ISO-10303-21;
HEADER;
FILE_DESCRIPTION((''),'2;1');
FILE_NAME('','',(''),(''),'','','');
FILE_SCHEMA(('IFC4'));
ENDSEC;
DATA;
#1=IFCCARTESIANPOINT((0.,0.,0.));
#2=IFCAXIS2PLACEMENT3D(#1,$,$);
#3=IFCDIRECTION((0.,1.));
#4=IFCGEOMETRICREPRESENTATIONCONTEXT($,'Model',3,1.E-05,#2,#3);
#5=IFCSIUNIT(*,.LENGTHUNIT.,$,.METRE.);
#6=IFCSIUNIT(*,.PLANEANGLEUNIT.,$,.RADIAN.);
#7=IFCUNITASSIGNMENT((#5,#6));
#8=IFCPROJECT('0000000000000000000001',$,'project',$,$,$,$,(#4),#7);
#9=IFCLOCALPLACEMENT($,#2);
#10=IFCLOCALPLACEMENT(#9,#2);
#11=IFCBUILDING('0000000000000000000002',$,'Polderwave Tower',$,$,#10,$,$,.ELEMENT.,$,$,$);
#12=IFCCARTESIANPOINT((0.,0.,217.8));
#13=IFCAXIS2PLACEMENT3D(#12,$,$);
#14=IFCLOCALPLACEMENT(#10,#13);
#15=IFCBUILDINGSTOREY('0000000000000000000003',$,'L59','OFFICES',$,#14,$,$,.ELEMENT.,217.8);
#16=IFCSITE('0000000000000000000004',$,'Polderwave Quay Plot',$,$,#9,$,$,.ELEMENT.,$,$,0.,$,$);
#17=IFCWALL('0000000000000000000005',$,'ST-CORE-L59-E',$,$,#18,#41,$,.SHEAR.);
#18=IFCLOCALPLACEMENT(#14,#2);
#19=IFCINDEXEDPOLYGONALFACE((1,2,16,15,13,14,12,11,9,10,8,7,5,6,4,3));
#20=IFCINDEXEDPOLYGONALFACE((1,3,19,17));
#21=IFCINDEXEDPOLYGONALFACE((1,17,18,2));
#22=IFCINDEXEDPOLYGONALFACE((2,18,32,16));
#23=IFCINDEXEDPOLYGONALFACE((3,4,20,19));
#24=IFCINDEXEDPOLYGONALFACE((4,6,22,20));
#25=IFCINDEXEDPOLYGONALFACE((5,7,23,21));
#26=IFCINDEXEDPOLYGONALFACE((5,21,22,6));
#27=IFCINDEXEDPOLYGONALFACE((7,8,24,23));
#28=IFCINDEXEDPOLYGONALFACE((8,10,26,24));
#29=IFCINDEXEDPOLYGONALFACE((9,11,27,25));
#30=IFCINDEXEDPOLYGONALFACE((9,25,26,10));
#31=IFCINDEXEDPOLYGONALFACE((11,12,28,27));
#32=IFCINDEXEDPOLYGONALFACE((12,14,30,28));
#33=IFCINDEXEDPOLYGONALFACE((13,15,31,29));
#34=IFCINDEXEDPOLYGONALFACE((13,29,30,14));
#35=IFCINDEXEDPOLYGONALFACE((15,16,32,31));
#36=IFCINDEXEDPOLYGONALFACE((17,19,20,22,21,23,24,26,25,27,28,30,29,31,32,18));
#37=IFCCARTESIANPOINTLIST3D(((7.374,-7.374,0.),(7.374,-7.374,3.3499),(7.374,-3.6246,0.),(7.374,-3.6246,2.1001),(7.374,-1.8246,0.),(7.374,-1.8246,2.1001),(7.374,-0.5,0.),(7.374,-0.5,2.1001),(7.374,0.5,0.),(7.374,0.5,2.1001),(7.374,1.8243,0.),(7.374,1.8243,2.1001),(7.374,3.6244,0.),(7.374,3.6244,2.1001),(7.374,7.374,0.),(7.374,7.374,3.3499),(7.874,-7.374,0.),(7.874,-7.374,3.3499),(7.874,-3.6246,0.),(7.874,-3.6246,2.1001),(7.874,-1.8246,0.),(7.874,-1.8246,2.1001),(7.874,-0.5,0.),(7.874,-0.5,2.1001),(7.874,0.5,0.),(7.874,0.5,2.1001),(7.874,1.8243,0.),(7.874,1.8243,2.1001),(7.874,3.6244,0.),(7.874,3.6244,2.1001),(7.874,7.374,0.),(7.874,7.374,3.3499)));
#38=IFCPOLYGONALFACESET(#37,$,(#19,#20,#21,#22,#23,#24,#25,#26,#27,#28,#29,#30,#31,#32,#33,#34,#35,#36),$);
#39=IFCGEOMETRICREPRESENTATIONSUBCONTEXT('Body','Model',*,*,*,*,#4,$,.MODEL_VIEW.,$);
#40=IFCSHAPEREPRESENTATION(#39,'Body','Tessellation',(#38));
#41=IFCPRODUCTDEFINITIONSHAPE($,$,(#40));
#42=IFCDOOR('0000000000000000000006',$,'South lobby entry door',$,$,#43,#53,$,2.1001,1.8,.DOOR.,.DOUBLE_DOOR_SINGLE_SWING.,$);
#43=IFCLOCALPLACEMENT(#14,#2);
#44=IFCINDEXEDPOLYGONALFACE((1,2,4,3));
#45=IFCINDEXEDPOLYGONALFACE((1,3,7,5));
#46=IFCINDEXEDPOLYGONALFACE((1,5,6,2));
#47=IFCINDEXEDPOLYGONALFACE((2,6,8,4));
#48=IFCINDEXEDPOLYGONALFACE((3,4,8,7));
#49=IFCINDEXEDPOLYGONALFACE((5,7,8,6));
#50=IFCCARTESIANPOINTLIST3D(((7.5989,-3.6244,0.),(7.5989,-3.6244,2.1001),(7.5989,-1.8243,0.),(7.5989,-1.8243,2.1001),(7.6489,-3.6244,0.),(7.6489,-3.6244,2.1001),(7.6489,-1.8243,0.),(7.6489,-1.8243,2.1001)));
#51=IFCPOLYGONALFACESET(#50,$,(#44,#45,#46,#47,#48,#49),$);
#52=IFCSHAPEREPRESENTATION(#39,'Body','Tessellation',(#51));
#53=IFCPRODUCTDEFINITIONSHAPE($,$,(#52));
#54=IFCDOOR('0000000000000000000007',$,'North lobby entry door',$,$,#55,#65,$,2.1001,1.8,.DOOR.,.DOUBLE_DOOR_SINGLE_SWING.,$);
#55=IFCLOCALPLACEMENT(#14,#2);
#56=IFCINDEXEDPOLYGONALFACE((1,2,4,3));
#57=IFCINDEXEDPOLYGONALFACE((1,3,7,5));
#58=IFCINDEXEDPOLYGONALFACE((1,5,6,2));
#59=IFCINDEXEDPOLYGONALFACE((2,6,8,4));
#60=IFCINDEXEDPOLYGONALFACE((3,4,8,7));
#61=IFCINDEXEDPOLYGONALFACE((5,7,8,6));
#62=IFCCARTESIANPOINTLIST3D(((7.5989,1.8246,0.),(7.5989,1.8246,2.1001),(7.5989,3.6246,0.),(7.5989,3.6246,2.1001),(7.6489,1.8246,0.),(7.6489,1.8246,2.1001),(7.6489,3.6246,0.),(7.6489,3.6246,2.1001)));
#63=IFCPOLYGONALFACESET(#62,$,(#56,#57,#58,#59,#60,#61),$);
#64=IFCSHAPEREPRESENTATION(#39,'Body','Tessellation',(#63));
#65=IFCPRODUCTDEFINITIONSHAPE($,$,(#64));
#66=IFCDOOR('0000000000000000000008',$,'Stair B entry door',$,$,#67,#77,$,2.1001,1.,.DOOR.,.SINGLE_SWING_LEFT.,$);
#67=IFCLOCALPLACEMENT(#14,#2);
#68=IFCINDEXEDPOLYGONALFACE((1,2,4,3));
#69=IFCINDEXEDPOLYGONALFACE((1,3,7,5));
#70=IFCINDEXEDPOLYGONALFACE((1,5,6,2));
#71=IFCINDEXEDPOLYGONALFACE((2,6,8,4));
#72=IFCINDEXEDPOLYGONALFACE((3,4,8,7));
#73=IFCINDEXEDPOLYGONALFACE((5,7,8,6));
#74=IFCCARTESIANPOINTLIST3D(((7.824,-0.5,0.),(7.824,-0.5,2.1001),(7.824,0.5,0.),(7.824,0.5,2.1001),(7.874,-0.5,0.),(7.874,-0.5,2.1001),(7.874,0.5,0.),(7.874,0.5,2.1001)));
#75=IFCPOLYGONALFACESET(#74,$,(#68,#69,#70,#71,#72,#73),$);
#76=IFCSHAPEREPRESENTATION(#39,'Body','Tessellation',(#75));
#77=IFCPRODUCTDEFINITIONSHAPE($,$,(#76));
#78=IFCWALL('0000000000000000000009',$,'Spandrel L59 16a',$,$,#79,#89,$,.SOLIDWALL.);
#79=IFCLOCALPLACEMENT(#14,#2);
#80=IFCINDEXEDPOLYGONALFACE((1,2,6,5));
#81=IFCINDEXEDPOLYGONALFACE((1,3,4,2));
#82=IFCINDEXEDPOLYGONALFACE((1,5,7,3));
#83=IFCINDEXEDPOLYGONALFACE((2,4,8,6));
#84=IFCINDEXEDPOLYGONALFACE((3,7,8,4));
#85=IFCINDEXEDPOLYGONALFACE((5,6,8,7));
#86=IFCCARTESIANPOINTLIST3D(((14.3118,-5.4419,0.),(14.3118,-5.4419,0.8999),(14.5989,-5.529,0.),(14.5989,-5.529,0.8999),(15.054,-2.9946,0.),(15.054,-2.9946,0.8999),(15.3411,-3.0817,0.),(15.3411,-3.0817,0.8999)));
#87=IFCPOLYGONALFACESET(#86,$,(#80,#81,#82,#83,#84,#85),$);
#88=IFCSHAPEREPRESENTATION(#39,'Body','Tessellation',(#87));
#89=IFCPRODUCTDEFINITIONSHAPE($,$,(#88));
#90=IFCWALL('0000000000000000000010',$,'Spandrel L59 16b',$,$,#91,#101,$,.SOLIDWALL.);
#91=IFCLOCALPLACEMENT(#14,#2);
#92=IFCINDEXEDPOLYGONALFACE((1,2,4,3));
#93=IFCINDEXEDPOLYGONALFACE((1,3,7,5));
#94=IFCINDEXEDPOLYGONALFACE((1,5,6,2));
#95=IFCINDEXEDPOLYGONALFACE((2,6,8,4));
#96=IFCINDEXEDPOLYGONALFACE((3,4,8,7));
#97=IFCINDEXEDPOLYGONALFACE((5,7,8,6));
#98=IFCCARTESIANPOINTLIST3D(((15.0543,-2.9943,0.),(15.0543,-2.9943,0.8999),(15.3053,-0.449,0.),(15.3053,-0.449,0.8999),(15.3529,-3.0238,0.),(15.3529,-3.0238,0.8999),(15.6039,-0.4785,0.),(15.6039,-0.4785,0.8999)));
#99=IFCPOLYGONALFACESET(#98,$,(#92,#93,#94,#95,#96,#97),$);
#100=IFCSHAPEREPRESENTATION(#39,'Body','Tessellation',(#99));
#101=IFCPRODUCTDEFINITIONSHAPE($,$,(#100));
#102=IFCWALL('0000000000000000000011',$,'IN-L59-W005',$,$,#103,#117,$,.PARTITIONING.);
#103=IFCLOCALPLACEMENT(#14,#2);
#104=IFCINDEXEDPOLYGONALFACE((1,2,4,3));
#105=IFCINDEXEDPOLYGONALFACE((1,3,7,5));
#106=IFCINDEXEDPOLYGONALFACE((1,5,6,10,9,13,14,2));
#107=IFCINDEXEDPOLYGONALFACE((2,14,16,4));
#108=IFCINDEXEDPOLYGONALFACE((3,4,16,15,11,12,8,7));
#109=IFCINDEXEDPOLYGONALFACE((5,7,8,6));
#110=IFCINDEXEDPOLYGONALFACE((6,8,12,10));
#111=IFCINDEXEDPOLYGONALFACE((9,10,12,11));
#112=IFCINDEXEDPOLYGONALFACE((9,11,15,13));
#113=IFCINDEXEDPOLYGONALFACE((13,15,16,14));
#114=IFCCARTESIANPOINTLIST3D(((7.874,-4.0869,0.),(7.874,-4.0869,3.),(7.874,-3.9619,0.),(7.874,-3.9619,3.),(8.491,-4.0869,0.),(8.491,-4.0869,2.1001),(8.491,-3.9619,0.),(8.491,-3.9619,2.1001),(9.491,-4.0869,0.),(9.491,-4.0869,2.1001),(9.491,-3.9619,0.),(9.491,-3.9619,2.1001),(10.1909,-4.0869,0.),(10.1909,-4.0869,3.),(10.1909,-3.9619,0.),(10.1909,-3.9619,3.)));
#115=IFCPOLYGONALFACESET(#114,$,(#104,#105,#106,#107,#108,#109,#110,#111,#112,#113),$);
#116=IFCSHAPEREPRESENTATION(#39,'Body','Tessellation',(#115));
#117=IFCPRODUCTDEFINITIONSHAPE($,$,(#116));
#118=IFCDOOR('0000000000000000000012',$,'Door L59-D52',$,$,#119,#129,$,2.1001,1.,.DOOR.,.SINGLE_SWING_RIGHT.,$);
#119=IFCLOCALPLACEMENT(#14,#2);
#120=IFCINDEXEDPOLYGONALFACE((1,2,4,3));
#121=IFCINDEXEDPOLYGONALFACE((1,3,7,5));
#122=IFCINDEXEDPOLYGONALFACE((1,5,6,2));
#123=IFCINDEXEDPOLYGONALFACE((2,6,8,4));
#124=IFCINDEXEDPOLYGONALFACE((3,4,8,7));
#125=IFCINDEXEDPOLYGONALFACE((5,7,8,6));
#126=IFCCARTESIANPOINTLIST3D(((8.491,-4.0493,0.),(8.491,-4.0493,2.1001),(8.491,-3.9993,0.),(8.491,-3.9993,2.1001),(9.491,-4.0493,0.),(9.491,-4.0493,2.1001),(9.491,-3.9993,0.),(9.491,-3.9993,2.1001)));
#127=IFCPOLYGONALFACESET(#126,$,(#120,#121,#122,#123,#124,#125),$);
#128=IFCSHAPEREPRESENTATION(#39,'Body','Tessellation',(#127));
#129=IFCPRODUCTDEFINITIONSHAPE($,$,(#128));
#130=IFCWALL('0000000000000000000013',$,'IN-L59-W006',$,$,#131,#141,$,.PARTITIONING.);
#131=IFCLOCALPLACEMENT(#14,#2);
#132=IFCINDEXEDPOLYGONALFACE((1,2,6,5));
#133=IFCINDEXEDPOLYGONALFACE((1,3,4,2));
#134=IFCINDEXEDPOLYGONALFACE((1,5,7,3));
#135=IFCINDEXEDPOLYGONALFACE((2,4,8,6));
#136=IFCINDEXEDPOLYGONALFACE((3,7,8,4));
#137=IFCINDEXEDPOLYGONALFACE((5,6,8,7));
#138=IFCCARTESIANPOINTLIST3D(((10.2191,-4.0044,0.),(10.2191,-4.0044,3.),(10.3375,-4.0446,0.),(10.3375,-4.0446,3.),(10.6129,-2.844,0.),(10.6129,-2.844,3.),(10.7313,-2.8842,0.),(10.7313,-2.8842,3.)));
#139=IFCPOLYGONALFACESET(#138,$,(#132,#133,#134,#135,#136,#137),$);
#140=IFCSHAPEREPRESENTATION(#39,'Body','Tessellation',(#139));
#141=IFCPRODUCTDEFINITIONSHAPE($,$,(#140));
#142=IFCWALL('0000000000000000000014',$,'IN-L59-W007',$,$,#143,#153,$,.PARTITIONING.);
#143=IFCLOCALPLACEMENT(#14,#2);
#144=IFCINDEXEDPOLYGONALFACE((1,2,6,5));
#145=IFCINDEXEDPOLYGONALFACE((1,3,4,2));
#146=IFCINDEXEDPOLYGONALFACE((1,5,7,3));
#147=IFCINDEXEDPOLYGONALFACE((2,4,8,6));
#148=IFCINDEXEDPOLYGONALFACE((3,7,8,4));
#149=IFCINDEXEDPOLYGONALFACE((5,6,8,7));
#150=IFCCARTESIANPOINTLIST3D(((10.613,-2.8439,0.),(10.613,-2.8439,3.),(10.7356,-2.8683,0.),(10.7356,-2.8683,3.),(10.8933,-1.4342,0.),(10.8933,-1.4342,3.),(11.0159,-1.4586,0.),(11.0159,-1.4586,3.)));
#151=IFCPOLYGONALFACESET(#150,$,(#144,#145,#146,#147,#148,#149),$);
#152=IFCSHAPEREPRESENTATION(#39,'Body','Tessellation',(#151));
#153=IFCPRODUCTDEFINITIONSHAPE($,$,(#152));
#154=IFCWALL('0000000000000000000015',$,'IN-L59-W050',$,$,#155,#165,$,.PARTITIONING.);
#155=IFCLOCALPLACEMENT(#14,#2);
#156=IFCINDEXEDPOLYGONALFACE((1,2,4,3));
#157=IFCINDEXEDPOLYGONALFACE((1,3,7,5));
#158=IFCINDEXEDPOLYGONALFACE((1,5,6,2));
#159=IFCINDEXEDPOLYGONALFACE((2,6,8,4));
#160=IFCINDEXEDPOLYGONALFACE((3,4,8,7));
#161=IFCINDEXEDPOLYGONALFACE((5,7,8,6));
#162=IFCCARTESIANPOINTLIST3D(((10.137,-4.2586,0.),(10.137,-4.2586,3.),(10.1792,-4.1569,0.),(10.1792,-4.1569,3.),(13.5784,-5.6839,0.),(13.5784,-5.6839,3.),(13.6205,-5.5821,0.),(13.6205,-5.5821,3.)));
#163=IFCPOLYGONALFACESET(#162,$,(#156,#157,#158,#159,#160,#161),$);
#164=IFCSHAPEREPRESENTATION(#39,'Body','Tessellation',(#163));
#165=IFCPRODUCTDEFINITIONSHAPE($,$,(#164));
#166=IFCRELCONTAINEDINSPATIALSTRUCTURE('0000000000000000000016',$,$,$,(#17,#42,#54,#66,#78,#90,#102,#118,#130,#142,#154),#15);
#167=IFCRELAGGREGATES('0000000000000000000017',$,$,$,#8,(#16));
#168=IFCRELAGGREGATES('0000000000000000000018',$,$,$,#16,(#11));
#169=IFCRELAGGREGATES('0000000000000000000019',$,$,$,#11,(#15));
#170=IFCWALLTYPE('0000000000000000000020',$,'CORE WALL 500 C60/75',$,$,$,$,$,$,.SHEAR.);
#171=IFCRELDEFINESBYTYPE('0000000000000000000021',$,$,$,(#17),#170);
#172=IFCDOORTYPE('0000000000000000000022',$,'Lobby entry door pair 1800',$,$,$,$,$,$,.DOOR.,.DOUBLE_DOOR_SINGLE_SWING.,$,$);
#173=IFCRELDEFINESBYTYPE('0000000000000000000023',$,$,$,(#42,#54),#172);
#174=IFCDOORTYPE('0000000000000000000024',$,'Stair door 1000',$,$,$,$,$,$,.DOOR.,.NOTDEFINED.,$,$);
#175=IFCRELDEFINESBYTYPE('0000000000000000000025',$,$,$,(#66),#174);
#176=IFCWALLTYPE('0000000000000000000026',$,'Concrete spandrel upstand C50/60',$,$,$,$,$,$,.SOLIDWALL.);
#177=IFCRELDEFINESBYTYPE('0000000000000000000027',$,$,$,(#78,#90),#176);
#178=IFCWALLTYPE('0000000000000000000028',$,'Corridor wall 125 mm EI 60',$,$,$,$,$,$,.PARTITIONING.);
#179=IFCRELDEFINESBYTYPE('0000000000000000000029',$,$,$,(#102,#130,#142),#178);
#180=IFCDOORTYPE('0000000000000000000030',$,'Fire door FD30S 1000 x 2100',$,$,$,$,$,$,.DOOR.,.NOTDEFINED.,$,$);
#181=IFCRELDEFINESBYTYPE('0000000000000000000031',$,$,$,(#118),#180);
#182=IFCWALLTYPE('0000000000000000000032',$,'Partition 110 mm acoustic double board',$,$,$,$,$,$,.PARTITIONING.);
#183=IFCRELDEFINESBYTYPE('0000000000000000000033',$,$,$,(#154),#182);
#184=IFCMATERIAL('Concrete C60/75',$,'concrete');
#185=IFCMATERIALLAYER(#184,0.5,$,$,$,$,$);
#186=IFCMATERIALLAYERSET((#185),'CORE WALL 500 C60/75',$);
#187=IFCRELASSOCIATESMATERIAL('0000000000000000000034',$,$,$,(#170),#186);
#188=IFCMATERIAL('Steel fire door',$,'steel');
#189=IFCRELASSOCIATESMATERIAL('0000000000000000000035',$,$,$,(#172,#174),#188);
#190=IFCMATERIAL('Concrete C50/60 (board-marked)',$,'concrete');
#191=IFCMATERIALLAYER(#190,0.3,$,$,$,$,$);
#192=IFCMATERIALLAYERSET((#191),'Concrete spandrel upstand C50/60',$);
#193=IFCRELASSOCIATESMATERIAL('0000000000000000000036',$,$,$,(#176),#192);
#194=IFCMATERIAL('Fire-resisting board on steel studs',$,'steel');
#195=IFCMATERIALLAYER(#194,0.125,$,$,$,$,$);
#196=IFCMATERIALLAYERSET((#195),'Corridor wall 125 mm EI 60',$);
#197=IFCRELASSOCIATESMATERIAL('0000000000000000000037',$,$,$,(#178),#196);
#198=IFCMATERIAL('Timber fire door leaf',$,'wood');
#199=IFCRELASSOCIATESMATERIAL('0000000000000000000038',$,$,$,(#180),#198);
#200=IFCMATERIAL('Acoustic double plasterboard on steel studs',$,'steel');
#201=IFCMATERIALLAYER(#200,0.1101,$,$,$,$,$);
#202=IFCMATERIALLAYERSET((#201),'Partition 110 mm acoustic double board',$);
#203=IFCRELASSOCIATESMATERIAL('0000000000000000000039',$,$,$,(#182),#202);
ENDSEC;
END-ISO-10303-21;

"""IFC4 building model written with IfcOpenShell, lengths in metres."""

from ifc_helpers import new_model, si_unit, direction, frame, frame_2d, origin, place, context, subcontext, project, spatial, rectangle, extrude, material, layer, layer_set, type_object, element, fill, save


model = new_model("IFC4")

# Units and contexts
model_context = context("Model", 3, precision=1e-05, world=origin(), true_north=direction((0.0, 1.0)))
body_context = subcontext(model_context, "Body", "Model", "MODEL_VIEW")
ifc_project = project(units=[si_unit("LENGTHUNIT", "METRE"), si_unit("PLANEANGLEUNIT", "RADIAN")], contexts=[model_context])

# Site, building, storey
site_placement = place(None, origin())
site = spatial("IfcSite", under=ifc_project, at=site_placement, Name="Polderwave Quay Plot", CompositionType="ELEMENT", RefElevation=0.0)
building_placement = place(site_placement, origin())
building = spatial("IfcBuilding", under=site, at=building_placement, Name="Polderwave Tower", CompositionType="ELEMENT")
storey_placement = place(building_placement, frame((0.0, 0.0, 217.8)))
storey = spatial("IfcBuildingStorey", under=building, at=storey_placement, Name="L59", Description="OFFICES", CompositionType="ELEMENT", Elevation=217.8)

# Shared definitions
ifc_material_1 = material(Name="Concrete C60/75", Category="concrete")

# Wall, openings, doors
ifc_layer_1 = layer(ifc_material_1, 0.5)
ifc_layer_set_1 = layer_set([ifc_layer_1], Name="CORE WALL 500 C60/75")
wall_type_1 = type_object("IfcWallType", Name="CORE WALL 500 C60/75", PredefinedType="SHEAR", material=ifc_layer_set_1)
wall_1_placement = place(storey_placement, frame((7.624, -7.374, 0.0), z_axis=(0.0, 0.0, 1.0), x_axis=(0.0, 1.0, 0.0)))
wall_1 = element("IfcWall", 1, at=wall_1_placement, inside=storey, type_object=wall_type_1, Name="ST-CORE-L59-E", PredefinedType="SHEAR", context=body_context, shape_type="SweptSolid", body=[
    extrude(rectangle(XDim=14.748, YDim=0.5, at=frame_2d((7.374, 0.0))), origin(), (0.0, 0.0, 1.0), 3.3499),
])
opening_1_placement = place(wall_1_placement, frame((6.874, 0.0, 0.0)))
opening_1 = element("IfcOpeningElement", 2, at=opening_1_placement, cuts=wall_1, PredefinedType="OPENING", context=body_context, shape_type="SweptSolid", body=[
    extrude(rectangle(XDim=1.0, YDim=2.1001, at=frame_2d((0.5, 1.05))), frame((0.0, 0.26, 0.0), z_axis=(0.0, -1.0, 0.0), x_axis=(1.0, 0.0, 0.0)), (0.0, 0.0, 1.0), 0.52),
])
opening_2_placement = place(wall_1_placement, frame((3.7495, 0.0, 0.0)))
opening_2 = element("IfcOpeningElement", 3, at=opening_2_placement, cuts=wall_1, PredefinedType="OPENING", context=body_context, shape_type="SweptSolid", body=[
    extrude(rectangle(XDim=1.8, YDim=2.1001, at=frame_2d((0.8999, 1.05))), frame((0.0, 0.26, 0.0), z_axis=(0.0, -1.0, 0.0), x_axis=(1.0, 0.0, 0.0)), (0.0, 0.0, 1.0), 0.52),
])
opening_3_placement = place(wall_1_placement, frame((9.1985, 0.0, 0.0)))
opening_3 = element("IfcOpeningElement", 4, at=opening_3_placement, cuts=wall_1, PredefinedType="OPENING", context=body_context, shape_type="SweptSolid", body=[
    extrude(rectangle(XDim=1.8, YDim=2.1001, at=frame_2d((0.8999, 1.05))), frame((0.0, 0.26, 0.0), z_axis=(0.0, -1.0, 0.0), x_axis=(1.0, 0.0, 0.0)), (0.0, 0.0, 1.0), 0.52),
])
ifc_material_2 = material(Name="Steel fire door", Category="steel")
door_type_1 = type_object("IfcDoorType", Name="Lobby entry door pair 1800", OperationType="DOUBLE_DOOR_SINGLE_SWING", PredefinedType="DOOR", material=ifc_material_2)
door_1_placement = place(opening_2_placement, frame((1.8, 0.0, 0.0), z_axis=(0.0, 0.0, 1.0), x_axis=(-1.0, 0.0, 0.0)))
door_1 = element("IfcDoor", 5, at=door_1_placement, inside=storey, type_object=door_type_1, Name="South lobby entry door", OperationType="DOUBLE_DOOR_SINGLE_SWING", OverallHeight=2.1001, OverallWidth=1.8, PredefinedType="DOOR", context=body_context, shape_type="SweptSolid", body=[
    extrude(rectangle(XDim=1.8, YDim=2.1001, at=frame_2d((0.8999, 1.05))), frame((0.0, 0.0249, 0.0), z_axis=(0.0, -1.0, 0.0), x_axis=(1.0, 0.0, 0.0)), (0.0, 0.0, 1.0), 0.05),
])
fill(opening_2, door_1)
door_2_placement = place(opening_3_placement, frame((1.8, 0.0, 0.0), z_axis=(0.0, 0.0, 1.0), x_axis=(-1.0, 0.0, 0.0)))
door_2 = element("IfcDoor", 6, at=door_2_placement, inside=storey, type_object=door_type_1, Name="North lobby entry door", OperationType="DOUBLE_DOOR_SINGLE_SWING", OverallHeight=2.1001, OverallWidth=1.8, PredefinedType="DOOR", context=body_context, shape_type="SweptSolid", body=[
    extrude(rectangle(XDim=1.8, YDim=2.1001, at=frame_2d((0.8999, 1.05))), frame((0.0, 0.0249, 0.0), z_axis=(0.0, -1.0, 0.0), x_axis=(1.0, 0.0, 0.0)), (0.0, 0.0, 1.0), 0.05),
])
fill(opening_3, door_2)
door_type_2 = type_object("IfcDoorType", Name="Stair door 1000", OperationType="NOTDEFINED", PredefinedType="DOOR", material=ifc_material_2)
door_3_placement = place(opening_1_placement, frame((1.0, 0.0, 0.0), z_axis=(0.0, 0.0, 1.0), x_axis=(-1.0, 0.0, 0.0)))
door_3 = element("IfcDoor", 7, at=door_3_placement, inside=storey, type_object=door_type_2, Name="Stair B entry door", OperationType="SINGLE_SWING_LEFT", OverallHeight=2.1001, OverallWidth=1.0, PredefinedType="DOOR", context=body_context, shape_type="SweptSolid", body=[
    extrude(rectangle(XDim=1.0, YDim=2.1001, at=frame_2d((0.5, 1.05))), frame((0.0, 0.25, 0.0), z_axis=(0.0, -1.0, 0.0), x_axis=(1.0, 0.0, 0.0)), (0.0, 0.0, 1.0), 0.05),
])
fill(opening_1, door_3)

# Walls
ifc_material_3 = material(Name="Concrete C50/60 (board-marked)", Category="concrete")
ifc_layer_2 = layer(ifc_material_3, 0.3)
ifc_layer_set_2 = layer_set([ifc_layer_2], Name="Concrete spandrel upstand C50/60")
wall_type_2 = type_object("IfcWallType", Name="Concrete spandrel upstand C50/60", PredefinedType="SOLIDWALL", material=ifc_layer_set_2)
wall_2_placement = place(storey_placement, frame((14.4553, -5.4856, 0.0), z_axis=(0.0, 0.0, 1.0), x_axis=(0.290219, 0.95696, 0.0)))
element("IfcWall", 8, at=wall_2_placement, inside=storey, type_object=wall_type_2, Name="Spandrel L59 16a", PredefinedType="SOLIDWALL", context=body_context, shape_type="SweptSolid", body=[
    extrude(rectangle(XDim=2.5574, YDim=0.3, at=frame_2d((1.2788, 0.0))), origin(), (0.0, 0.0, 1.0), 0.8999),
])
wall_3_placement = place(storey_placement, frame((15.2036, -3.009, 0.0), z_axis=(0.0, 0.0, 1.0), x_axis=(0.098133, 0.995173, 0.0)))
element("IfcWall", 9, at=wall_3_placement, inside=storey, type_object=wall_type_2, Name="Spandrel L59 16b", PredefinedType="SOLIDWALL", context=body_context, shape_type="SweptSolid", body=[
    extrude(rectangle(XDim=2.5576, YDim=0.3, at=frame_2d((1.2788, 0.0))), origin(), (0.0, 0.0, 1.0), 0.8999),
])

# Wall, opening, door
ifc_material_4 = material(Name="Fire-resisting board on steel studs", Category="steel")
ifc_layer_3 = layer(ifc_material_4, 0.125)
ifc_layer_set_3 = layer_set([ifc_layer_3], Name="Corridor wall 125 mm EI 60")
wall_type_3 = type_object("IfcWallType", Name="Corridor wall 125 mm EI 60", PredefinedType="PARTITIONING", material=ifc_layer_set_3)
wall_4_placement = place(storey_placement, frame((10.1909, -4.0244, 0.0), z_axis=(0.0, 0.0, 1.0), x_axis=(-1.0, 0.0, 0.0)))
wall_4 = element("IfcWall", 10, at=wall_4_placement, inside=storey, type_object=wall_type_3, Name="IN-L59-W005", PredefinedType="PARTITIONING", context=body_context, shape_type="SweptSolid", body=[
    extrude(rectangle(XDim=2.3169, YDim=0.125, at=frame_2d((1.1584, 0.0))), origin(), (0.0, 0.0, 1.0), 3.0),
])
opening_4_placement = place(wall_4_placement, frame((0.7, 0.0, 0.0)))
opening_4 = element("IfcOpeningElement", 11, at=opening_4_placement, cuts=wall_4, PredefinedType="OPENING", context=body_context, shape_type="SweptSolid", body=[
    extrude(rectangle(XDim=1.0, YDim=2.1001, at=frame_2d((0.5, 1.05))), frame((0.0, 0.0725, 0.0), z_axis=(0.0, -1.0, 0.0), x_axis=(1.0, 0.0, 0.0)), (0.0, 0.0, 1.0), 0.145),
])
ifc_material_5 = material(Name="Timber fire door leaf", Category="wood")
door_type_3 = type_object("IfcDoorType", Name="Fire door FD30S 1000 x 2100", OperationType="NOTDEFINED", PredefinedType="DOOR", material=ifc_material_5)
door_4_placement = place(opening_4_placement, origin())
door_4 = element("IfcDoor", 12, at=door_4_placement, inside=storey, type_object=door_type_3, Name="Door L59-D52", OperationType="SINGLE_SWING_RIGHT", OverallHeight=2.1001, OverallWidth=1.0, PredefinedType="DOOR", context=body_context, shape_type="SweptSolid", body=[
    extrude(rectangle(XDim=1.0, YDim=2.1001, at=frame_2d((0.5, 1.05))), frame((0.0, 0.0249, 0.0), z_axis=(0.0, -1.0, 0.0), x_axis=(1.0, 0.0, 0.0)), (0.0, 0.0, 1.0), 0.05),
])
fill(opening_4, door_4)

# Walls
wall_5_placement = place(storey_placement, frame((10.6721, -2.864, 0.0), z_axis=(0.0, 0.0, 1.0), x_axis=(-0.321363, -0.946956, 0.0)))
element("IfcWall", 13, at=wall_5_placement, inside=storey, type_object=wall_type_3, Name="IN-L59-W006", PredefinedType="PARTITIONING", context=body_context, shape_type="SweptSolid", body=[
    extrude(rectangle(XDim=1.2253, YDim=0.125, at=frame_2d((0.6128, 0.0))), origin(), (0.0, 0.0, 1.0), 3.0),
])
wall_6_placement = place(storey_placement, frame((10.9546, -1.4463, 0.0), z_axis=(0.0, 0.0, 1.0), x_axis=(-0.195005, -0.980802, 0.0)))
element("IfcWall", 14, at=wall_6_placement, inside=storey, type_object=wall_type_3, Name="IN-L59-W007", PredefinedType="PARTITIONING", context=body_context, shape_type="SweptSolid", body=[
    extrude(rectangle(XDim=1.4373, YDim=0.125, at=frame_2d((0.7188, 0.0))), origin(), (0.0, 0.0, 1.0), 3.0),
])
ifc_material_6 = material(Name="Acoustic double plasterboard on steel studs", Category="steel")
ifc_layer_4 = layer(ifc_material_6, 0.1101)
ifc_layer_set_4 = layer_set([ifc_layer_4], Name="Partition 110 mm acoustic double board")
wall_type_4 = type_object("IfcWallType", Name="Partition 110 mm acoustic double board", PredefinedType="PARTITIONING", material=ifc_layer_set_4)
wall_7_placement = place(storey_placement, frame((10.1582, -4.2078, 0.0), z_axis=(0.0, 0.0, 1.0), x_axis=(0.923897, -0.382641, 0.0)))
element("IfcWall", 15, at=wall_7_placement, inside=storey, type_object=wall_type_4, Name="IN-L59-W050", PredefinedType="PARTITIONING", context=body_context, shape_type="SweptSolid", body=[
    extrude(rectangle(XDim=3.7249, YDim=0.1101, at=frame_2d((1.8623, 0.0))), origin(), (0.0, 0.0, 1.0), 3.0),
])

save(model, "model.ifc")
